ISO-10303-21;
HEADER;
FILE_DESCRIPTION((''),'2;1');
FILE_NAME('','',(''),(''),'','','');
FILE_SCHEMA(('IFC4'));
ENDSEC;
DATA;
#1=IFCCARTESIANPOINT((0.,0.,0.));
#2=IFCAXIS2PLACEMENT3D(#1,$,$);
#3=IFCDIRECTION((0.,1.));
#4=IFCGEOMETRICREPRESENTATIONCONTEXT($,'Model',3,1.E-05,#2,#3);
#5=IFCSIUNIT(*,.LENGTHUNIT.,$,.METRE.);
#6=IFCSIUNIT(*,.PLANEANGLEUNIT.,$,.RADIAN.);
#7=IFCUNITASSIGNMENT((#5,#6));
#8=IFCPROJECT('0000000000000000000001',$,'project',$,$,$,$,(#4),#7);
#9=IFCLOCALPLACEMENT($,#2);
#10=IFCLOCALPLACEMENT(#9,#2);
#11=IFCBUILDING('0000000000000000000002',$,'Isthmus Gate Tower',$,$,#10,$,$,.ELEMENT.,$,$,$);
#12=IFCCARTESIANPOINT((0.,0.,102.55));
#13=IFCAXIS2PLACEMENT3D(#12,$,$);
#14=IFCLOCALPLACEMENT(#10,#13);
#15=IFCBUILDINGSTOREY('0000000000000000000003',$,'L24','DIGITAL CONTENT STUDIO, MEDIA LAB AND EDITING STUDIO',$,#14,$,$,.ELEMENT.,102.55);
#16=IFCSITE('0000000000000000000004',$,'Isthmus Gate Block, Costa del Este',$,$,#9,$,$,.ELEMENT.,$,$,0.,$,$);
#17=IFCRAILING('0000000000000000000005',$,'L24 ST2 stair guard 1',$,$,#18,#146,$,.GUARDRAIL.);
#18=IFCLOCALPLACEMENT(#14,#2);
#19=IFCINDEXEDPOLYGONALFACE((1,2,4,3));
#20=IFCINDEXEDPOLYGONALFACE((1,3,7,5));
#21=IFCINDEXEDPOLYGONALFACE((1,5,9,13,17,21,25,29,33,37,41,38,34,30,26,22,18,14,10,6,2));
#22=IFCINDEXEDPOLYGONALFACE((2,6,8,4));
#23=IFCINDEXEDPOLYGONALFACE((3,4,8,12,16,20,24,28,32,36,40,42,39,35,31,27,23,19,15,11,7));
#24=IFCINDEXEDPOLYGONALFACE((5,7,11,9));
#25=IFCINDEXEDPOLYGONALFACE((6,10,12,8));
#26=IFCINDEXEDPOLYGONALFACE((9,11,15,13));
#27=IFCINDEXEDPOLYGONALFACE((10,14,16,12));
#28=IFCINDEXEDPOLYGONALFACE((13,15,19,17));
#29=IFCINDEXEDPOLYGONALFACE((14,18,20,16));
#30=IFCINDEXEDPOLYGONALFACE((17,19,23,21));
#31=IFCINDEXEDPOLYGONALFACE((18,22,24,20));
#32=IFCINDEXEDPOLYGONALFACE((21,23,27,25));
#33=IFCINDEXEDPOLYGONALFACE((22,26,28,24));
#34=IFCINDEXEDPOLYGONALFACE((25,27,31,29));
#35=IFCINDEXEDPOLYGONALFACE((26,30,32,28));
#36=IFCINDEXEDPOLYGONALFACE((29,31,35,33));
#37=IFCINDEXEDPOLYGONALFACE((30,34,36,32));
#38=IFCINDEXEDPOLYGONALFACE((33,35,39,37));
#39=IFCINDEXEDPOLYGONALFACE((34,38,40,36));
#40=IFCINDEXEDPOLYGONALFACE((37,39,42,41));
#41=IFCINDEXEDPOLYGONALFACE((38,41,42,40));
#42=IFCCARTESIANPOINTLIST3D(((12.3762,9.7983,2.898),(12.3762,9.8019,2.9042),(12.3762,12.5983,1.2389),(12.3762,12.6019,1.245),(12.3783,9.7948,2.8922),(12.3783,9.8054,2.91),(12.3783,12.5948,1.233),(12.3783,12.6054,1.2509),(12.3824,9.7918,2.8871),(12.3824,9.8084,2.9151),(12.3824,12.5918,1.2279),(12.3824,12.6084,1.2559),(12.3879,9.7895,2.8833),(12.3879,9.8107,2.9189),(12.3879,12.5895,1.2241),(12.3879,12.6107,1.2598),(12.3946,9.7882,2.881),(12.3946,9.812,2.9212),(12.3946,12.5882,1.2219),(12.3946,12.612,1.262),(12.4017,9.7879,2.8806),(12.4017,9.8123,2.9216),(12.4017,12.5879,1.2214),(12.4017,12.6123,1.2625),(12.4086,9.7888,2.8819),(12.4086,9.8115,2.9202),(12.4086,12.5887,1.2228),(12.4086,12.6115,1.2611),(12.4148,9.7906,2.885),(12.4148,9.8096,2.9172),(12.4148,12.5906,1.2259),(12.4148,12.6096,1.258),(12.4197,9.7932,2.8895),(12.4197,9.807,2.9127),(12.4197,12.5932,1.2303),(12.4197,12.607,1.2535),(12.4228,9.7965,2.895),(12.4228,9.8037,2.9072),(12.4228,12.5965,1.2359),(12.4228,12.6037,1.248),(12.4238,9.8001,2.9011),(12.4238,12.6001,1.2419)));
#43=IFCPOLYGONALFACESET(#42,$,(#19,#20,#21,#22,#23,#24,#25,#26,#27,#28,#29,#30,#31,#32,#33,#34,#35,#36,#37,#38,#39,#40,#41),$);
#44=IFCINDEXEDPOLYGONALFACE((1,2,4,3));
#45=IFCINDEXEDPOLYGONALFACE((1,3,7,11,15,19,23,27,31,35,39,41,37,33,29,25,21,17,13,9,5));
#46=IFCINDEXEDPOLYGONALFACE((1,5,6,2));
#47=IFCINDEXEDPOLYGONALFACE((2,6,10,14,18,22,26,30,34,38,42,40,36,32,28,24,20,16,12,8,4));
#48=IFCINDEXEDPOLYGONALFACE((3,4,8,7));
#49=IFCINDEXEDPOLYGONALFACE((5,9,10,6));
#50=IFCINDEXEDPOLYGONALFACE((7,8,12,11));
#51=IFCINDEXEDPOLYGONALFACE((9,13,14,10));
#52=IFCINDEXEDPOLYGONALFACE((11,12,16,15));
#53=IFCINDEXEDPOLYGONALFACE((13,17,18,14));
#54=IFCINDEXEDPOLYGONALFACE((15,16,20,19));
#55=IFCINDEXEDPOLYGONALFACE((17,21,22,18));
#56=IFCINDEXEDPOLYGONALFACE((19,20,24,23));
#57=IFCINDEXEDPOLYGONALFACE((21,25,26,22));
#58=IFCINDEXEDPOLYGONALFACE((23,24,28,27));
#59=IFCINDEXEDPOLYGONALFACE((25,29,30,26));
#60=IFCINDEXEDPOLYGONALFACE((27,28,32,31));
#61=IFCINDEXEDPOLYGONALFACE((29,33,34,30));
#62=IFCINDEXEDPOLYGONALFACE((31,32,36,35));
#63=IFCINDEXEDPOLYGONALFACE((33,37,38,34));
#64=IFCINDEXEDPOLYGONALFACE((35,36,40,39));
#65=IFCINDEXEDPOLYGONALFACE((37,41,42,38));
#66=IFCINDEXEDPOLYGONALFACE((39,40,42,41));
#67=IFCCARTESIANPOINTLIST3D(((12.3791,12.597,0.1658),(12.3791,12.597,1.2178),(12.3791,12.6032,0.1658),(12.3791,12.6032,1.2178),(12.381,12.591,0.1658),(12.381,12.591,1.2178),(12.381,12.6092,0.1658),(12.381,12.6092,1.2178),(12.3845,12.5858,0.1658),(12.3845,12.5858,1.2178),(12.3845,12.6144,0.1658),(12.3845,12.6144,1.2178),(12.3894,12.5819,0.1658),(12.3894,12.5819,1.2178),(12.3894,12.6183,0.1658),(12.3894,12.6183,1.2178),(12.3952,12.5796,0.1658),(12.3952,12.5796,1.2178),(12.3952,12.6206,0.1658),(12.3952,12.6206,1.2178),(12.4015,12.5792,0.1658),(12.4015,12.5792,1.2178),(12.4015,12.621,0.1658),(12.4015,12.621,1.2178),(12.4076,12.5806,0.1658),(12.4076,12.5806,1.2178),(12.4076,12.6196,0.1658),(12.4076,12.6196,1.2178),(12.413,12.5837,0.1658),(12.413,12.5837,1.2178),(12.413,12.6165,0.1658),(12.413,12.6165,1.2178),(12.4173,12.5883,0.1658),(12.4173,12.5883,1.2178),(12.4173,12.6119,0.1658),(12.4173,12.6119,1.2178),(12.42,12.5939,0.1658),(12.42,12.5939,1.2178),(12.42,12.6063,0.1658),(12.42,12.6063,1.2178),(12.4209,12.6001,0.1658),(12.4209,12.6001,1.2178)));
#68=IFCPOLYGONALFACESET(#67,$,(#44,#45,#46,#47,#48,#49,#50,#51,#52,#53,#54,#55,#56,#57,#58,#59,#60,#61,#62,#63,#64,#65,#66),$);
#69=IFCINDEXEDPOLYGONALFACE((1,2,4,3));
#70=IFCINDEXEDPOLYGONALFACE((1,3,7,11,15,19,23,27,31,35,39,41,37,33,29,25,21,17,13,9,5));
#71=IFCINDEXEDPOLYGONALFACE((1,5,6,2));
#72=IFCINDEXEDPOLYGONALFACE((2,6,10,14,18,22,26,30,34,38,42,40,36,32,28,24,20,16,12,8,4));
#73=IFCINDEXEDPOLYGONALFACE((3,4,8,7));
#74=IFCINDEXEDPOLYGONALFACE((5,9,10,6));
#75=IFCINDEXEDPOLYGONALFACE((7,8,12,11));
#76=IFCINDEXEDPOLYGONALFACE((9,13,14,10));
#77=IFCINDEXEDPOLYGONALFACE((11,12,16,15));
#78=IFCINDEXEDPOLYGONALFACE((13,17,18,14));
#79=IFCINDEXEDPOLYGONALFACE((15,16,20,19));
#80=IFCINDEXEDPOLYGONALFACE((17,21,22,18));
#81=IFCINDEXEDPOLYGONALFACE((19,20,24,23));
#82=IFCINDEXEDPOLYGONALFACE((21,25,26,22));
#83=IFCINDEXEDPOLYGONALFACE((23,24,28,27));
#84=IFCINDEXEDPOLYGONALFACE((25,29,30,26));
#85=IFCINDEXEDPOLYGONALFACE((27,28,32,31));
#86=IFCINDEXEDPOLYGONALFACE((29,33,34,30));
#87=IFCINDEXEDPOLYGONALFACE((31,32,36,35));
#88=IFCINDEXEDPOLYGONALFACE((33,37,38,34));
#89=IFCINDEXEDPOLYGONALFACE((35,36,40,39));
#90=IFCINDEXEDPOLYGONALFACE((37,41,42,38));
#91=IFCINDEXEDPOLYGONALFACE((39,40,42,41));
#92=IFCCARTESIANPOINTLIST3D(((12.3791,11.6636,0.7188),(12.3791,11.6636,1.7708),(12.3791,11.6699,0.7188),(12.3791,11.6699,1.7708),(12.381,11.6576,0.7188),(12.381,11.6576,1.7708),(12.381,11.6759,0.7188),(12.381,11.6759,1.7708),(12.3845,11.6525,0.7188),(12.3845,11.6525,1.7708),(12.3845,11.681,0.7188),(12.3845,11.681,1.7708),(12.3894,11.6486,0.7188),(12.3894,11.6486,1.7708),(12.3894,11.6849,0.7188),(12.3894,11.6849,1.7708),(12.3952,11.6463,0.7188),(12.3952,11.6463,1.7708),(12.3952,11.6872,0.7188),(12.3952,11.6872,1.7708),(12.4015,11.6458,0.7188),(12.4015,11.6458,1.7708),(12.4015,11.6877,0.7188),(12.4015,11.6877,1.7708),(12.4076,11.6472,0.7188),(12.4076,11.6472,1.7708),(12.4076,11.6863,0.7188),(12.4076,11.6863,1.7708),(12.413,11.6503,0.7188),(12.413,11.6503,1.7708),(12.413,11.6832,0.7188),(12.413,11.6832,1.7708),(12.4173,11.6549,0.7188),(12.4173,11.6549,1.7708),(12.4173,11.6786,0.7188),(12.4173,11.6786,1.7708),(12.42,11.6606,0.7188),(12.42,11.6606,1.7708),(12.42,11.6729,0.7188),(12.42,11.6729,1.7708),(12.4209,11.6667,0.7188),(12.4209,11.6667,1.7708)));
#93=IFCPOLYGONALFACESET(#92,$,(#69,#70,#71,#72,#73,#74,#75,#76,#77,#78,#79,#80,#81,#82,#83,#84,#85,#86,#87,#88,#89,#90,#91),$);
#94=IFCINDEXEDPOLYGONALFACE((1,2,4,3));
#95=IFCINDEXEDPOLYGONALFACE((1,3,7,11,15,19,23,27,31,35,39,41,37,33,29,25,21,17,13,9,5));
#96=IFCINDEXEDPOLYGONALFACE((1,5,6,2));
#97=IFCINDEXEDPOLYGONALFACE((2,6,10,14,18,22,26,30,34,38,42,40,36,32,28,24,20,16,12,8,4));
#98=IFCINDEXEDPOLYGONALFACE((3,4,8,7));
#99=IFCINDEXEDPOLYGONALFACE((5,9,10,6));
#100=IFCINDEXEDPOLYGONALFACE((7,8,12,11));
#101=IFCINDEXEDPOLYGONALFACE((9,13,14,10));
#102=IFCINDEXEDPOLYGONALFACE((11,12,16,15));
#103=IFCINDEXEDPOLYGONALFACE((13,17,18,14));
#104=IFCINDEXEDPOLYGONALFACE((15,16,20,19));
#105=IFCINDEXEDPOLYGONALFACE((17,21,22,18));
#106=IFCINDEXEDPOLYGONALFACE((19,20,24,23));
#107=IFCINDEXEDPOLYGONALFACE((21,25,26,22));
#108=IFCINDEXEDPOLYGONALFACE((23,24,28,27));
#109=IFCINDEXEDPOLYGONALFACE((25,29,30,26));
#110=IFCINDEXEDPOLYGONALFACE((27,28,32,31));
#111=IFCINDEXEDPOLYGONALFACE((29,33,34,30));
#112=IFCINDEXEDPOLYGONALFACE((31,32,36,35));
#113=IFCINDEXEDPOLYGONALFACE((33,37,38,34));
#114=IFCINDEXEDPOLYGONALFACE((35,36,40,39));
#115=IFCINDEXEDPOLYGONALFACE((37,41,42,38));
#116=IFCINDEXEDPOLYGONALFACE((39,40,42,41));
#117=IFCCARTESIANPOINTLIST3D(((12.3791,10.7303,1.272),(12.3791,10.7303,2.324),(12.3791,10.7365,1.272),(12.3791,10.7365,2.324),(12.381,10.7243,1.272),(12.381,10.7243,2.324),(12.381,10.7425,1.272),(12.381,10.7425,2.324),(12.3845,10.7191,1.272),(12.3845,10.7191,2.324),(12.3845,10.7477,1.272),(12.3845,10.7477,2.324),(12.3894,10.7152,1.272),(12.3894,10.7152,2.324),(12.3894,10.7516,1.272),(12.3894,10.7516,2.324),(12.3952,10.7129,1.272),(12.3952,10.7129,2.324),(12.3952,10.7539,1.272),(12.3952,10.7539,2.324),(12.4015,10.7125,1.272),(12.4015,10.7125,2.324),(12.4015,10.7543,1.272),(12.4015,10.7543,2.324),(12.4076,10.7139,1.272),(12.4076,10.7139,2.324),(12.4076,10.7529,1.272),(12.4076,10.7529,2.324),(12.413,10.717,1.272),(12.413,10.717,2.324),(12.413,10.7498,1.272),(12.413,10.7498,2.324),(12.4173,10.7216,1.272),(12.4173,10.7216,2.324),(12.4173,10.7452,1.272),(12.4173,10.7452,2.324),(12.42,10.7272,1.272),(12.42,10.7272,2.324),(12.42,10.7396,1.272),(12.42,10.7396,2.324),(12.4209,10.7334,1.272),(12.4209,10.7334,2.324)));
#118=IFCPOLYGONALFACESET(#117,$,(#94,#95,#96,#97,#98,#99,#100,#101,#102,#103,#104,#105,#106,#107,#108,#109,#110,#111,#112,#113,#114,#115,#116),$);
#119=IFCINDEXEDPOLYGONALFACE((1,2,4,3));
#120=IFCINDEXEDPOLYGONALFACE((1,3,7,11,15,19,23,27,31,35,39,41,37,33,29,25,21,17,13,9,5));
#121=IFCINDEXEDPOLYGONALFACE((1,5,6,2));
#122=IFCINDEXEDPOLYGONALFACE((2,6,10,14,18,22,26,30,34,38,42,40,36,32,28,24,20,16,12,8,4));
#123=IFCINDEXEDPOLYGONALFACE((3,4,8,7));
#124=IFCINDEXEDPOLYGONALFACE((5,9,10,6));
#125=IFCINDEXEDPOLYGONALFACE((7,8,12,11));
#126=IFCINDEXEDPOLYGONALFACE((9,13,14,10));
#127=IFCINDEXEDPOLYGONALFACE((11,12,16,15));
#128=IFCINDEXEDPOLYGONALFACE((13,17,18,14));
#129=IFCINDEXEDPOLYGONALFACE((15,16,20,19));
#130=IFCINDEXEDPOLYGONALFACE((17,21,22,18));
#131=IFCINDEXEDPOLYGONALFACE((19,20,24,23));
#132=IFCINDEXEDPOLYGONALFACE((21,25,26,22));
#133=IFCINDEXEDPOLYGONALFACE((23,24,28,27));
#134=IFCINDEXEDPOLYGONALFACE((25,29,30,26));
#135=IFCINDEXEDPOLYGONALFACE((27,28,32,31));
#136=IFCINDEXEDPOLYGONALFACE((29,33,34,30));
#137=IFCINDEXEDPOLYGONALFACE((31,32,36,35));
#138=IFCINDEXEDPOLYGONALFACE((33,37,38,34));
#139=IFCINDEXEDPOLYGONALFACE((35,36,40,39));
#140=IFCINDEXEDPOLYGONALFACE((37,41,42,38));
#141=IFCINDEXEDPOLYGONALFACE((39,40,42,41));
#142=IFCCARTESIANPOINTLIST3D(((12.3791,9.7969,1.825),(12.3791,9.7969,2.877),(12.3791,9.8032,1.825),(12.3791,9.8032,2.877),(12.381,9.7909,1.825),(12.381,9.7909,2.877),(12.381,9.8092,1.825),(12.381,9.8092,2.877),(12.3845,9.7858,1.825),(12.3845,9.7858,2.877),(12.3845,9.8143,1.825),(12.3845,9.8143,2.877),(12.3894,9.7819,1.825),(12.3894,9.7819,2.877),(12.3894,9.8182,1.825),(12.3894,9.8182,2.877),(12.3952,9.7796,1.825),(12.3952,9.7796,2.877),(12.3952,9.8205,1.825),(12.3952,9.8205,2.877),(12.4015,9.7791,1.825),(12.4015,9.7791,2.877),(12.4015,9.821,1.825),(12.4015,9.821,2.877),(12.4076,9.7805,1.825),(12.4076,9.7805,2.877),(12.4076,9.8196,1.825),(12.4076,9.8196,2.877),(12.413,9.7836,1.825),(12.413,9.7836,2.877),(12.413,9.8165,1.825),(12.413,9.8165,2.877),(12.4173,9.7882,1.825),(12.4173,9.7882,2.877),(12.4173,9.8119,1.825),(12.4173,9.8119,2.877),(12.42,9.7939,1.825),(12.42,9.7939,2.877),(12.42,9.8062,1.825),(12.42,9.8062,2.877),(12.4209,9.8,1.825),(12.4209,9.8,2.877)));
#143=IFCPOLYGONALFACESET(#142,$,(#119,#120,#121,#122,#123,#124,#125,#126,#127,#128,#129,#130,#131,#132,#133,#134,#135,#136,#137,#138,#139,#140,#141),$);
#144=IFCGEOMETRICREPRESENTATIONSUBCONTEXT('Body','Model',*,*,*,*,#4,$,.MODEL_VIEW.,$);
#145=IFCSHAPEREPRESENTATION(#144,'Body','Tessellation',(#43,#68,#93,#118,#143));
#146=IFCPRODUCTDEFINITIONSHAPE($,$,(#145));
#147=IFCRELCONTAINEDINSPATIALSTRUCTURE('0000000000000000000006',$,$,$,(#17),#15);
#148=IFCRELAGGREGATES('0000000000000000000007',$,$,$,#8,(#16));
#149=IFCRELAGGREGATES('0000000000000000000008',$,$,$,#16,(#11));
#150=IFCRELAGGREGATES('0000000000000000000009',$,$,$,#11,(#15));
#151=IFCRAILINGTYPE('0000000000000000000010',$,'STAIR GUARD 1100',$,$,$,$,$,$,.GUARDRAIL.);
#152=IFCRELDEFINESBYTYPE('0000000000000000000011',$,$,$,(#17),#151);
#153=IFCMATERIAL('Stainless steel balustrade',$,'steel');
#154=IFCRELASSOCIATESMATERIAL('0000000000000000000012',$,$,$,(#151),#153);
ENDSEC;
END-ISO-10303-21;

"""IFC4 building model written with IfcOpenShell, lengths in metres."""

from ifc_helpers import new_model, si_unit, direction, frame, origin, origin_2d, place, context, subcontext, project, spatial, circle, extrude, material, type_object, element, save


model = new_model("IFC4")

# Units and contexts
model_context = context("Model", 3, precision=1e-05, world=origin(), true_north=direction((0.0, 1.0)))
body_context = subcontext(model_context, "Body", "Model", "MODEL_VIEW")
ifc_project = project(units=[si_unit("LENGTHUNIT", "METRE"), si_unit("PLANEANGLEUNIT", "RADIAN")], contexts=[model_context])

# Site, building, storey
site_placement = place(None, origin())
site = spatial("IfcSite", under=ifc_project, at=site_placement, Name="Isthmus Gate Block, Costa del Este", CompositionType="ELEMENT", RefElevation=0.0)
building_placement = place(site_placement, origin())
building = spatial("IfcBuilding", under=site, at=building_placement, Name="Isthmus Gate Tower", CompositionType="ELEMENT")
storey_placement = place(building_placement, frame((0.0, 0.0, 102.55)))
storey = spatial("IfcBuildingStorey", under=building, at=storey_placement, Name="L24", Description="DIGITAL CONTENT STUDIO, MEDIA LAB AND EDITING STUDIO", CompositionType="ELEMENT", Elevation=102.55)

# Railing
ifc_material_1 = material(Name="Stainless steel balustrade", Category="steel")
railing_type_1 = type_object("IfcRailingType", Name="STAIR GUARD 1100", PredefinedType="GUARDRAIL", material=ifc_material_1)
railing_1_placement = place(storey_placement, frame((12.3999, 12.6001, 0.1658)))
element("IfcRailing", 1, at=railing_1_placement, inside=storey, type_object=railing_type_1, Name="L24 ST2 stair guard 1", PredefinedType="GUARDRAIL", context=body_context, shape_type="SweptSolid", body=[
    extrude(circle(Radius=0.0239, at=origin_2d()), frame((0.0, 0.0, 1.0762), z_axis=(0.0, -0.860306, 0.509778), x_axis=(1.0, 0.0, 0.0)), (0.0, 0.0, 1.0), 3.2546),
    extrude(circle(Radius=0.021, at=origin_2d()), origin(), (0.0, 0.0, 1.0), 1.052),
    extrude(circle(Radius=0.021, at=origin_2d()), frame((0.0, -0.9333, 0.553)), (0.0, 0.0, 1.0), 1.052),
    extrude(circle(Radius=0.021, at=origin_2d()), frame((0.0, -1.8667, 1.1062)), (0.0, 0.0, 1.0), 1.052),
    extrude(circle(Radius=0.021, at=origin_2d()), frame((0.0, -2.8, 1.6592)), (0.0, 0.0, 1.0), 1.052),
])

save(model, "model.ifc")
